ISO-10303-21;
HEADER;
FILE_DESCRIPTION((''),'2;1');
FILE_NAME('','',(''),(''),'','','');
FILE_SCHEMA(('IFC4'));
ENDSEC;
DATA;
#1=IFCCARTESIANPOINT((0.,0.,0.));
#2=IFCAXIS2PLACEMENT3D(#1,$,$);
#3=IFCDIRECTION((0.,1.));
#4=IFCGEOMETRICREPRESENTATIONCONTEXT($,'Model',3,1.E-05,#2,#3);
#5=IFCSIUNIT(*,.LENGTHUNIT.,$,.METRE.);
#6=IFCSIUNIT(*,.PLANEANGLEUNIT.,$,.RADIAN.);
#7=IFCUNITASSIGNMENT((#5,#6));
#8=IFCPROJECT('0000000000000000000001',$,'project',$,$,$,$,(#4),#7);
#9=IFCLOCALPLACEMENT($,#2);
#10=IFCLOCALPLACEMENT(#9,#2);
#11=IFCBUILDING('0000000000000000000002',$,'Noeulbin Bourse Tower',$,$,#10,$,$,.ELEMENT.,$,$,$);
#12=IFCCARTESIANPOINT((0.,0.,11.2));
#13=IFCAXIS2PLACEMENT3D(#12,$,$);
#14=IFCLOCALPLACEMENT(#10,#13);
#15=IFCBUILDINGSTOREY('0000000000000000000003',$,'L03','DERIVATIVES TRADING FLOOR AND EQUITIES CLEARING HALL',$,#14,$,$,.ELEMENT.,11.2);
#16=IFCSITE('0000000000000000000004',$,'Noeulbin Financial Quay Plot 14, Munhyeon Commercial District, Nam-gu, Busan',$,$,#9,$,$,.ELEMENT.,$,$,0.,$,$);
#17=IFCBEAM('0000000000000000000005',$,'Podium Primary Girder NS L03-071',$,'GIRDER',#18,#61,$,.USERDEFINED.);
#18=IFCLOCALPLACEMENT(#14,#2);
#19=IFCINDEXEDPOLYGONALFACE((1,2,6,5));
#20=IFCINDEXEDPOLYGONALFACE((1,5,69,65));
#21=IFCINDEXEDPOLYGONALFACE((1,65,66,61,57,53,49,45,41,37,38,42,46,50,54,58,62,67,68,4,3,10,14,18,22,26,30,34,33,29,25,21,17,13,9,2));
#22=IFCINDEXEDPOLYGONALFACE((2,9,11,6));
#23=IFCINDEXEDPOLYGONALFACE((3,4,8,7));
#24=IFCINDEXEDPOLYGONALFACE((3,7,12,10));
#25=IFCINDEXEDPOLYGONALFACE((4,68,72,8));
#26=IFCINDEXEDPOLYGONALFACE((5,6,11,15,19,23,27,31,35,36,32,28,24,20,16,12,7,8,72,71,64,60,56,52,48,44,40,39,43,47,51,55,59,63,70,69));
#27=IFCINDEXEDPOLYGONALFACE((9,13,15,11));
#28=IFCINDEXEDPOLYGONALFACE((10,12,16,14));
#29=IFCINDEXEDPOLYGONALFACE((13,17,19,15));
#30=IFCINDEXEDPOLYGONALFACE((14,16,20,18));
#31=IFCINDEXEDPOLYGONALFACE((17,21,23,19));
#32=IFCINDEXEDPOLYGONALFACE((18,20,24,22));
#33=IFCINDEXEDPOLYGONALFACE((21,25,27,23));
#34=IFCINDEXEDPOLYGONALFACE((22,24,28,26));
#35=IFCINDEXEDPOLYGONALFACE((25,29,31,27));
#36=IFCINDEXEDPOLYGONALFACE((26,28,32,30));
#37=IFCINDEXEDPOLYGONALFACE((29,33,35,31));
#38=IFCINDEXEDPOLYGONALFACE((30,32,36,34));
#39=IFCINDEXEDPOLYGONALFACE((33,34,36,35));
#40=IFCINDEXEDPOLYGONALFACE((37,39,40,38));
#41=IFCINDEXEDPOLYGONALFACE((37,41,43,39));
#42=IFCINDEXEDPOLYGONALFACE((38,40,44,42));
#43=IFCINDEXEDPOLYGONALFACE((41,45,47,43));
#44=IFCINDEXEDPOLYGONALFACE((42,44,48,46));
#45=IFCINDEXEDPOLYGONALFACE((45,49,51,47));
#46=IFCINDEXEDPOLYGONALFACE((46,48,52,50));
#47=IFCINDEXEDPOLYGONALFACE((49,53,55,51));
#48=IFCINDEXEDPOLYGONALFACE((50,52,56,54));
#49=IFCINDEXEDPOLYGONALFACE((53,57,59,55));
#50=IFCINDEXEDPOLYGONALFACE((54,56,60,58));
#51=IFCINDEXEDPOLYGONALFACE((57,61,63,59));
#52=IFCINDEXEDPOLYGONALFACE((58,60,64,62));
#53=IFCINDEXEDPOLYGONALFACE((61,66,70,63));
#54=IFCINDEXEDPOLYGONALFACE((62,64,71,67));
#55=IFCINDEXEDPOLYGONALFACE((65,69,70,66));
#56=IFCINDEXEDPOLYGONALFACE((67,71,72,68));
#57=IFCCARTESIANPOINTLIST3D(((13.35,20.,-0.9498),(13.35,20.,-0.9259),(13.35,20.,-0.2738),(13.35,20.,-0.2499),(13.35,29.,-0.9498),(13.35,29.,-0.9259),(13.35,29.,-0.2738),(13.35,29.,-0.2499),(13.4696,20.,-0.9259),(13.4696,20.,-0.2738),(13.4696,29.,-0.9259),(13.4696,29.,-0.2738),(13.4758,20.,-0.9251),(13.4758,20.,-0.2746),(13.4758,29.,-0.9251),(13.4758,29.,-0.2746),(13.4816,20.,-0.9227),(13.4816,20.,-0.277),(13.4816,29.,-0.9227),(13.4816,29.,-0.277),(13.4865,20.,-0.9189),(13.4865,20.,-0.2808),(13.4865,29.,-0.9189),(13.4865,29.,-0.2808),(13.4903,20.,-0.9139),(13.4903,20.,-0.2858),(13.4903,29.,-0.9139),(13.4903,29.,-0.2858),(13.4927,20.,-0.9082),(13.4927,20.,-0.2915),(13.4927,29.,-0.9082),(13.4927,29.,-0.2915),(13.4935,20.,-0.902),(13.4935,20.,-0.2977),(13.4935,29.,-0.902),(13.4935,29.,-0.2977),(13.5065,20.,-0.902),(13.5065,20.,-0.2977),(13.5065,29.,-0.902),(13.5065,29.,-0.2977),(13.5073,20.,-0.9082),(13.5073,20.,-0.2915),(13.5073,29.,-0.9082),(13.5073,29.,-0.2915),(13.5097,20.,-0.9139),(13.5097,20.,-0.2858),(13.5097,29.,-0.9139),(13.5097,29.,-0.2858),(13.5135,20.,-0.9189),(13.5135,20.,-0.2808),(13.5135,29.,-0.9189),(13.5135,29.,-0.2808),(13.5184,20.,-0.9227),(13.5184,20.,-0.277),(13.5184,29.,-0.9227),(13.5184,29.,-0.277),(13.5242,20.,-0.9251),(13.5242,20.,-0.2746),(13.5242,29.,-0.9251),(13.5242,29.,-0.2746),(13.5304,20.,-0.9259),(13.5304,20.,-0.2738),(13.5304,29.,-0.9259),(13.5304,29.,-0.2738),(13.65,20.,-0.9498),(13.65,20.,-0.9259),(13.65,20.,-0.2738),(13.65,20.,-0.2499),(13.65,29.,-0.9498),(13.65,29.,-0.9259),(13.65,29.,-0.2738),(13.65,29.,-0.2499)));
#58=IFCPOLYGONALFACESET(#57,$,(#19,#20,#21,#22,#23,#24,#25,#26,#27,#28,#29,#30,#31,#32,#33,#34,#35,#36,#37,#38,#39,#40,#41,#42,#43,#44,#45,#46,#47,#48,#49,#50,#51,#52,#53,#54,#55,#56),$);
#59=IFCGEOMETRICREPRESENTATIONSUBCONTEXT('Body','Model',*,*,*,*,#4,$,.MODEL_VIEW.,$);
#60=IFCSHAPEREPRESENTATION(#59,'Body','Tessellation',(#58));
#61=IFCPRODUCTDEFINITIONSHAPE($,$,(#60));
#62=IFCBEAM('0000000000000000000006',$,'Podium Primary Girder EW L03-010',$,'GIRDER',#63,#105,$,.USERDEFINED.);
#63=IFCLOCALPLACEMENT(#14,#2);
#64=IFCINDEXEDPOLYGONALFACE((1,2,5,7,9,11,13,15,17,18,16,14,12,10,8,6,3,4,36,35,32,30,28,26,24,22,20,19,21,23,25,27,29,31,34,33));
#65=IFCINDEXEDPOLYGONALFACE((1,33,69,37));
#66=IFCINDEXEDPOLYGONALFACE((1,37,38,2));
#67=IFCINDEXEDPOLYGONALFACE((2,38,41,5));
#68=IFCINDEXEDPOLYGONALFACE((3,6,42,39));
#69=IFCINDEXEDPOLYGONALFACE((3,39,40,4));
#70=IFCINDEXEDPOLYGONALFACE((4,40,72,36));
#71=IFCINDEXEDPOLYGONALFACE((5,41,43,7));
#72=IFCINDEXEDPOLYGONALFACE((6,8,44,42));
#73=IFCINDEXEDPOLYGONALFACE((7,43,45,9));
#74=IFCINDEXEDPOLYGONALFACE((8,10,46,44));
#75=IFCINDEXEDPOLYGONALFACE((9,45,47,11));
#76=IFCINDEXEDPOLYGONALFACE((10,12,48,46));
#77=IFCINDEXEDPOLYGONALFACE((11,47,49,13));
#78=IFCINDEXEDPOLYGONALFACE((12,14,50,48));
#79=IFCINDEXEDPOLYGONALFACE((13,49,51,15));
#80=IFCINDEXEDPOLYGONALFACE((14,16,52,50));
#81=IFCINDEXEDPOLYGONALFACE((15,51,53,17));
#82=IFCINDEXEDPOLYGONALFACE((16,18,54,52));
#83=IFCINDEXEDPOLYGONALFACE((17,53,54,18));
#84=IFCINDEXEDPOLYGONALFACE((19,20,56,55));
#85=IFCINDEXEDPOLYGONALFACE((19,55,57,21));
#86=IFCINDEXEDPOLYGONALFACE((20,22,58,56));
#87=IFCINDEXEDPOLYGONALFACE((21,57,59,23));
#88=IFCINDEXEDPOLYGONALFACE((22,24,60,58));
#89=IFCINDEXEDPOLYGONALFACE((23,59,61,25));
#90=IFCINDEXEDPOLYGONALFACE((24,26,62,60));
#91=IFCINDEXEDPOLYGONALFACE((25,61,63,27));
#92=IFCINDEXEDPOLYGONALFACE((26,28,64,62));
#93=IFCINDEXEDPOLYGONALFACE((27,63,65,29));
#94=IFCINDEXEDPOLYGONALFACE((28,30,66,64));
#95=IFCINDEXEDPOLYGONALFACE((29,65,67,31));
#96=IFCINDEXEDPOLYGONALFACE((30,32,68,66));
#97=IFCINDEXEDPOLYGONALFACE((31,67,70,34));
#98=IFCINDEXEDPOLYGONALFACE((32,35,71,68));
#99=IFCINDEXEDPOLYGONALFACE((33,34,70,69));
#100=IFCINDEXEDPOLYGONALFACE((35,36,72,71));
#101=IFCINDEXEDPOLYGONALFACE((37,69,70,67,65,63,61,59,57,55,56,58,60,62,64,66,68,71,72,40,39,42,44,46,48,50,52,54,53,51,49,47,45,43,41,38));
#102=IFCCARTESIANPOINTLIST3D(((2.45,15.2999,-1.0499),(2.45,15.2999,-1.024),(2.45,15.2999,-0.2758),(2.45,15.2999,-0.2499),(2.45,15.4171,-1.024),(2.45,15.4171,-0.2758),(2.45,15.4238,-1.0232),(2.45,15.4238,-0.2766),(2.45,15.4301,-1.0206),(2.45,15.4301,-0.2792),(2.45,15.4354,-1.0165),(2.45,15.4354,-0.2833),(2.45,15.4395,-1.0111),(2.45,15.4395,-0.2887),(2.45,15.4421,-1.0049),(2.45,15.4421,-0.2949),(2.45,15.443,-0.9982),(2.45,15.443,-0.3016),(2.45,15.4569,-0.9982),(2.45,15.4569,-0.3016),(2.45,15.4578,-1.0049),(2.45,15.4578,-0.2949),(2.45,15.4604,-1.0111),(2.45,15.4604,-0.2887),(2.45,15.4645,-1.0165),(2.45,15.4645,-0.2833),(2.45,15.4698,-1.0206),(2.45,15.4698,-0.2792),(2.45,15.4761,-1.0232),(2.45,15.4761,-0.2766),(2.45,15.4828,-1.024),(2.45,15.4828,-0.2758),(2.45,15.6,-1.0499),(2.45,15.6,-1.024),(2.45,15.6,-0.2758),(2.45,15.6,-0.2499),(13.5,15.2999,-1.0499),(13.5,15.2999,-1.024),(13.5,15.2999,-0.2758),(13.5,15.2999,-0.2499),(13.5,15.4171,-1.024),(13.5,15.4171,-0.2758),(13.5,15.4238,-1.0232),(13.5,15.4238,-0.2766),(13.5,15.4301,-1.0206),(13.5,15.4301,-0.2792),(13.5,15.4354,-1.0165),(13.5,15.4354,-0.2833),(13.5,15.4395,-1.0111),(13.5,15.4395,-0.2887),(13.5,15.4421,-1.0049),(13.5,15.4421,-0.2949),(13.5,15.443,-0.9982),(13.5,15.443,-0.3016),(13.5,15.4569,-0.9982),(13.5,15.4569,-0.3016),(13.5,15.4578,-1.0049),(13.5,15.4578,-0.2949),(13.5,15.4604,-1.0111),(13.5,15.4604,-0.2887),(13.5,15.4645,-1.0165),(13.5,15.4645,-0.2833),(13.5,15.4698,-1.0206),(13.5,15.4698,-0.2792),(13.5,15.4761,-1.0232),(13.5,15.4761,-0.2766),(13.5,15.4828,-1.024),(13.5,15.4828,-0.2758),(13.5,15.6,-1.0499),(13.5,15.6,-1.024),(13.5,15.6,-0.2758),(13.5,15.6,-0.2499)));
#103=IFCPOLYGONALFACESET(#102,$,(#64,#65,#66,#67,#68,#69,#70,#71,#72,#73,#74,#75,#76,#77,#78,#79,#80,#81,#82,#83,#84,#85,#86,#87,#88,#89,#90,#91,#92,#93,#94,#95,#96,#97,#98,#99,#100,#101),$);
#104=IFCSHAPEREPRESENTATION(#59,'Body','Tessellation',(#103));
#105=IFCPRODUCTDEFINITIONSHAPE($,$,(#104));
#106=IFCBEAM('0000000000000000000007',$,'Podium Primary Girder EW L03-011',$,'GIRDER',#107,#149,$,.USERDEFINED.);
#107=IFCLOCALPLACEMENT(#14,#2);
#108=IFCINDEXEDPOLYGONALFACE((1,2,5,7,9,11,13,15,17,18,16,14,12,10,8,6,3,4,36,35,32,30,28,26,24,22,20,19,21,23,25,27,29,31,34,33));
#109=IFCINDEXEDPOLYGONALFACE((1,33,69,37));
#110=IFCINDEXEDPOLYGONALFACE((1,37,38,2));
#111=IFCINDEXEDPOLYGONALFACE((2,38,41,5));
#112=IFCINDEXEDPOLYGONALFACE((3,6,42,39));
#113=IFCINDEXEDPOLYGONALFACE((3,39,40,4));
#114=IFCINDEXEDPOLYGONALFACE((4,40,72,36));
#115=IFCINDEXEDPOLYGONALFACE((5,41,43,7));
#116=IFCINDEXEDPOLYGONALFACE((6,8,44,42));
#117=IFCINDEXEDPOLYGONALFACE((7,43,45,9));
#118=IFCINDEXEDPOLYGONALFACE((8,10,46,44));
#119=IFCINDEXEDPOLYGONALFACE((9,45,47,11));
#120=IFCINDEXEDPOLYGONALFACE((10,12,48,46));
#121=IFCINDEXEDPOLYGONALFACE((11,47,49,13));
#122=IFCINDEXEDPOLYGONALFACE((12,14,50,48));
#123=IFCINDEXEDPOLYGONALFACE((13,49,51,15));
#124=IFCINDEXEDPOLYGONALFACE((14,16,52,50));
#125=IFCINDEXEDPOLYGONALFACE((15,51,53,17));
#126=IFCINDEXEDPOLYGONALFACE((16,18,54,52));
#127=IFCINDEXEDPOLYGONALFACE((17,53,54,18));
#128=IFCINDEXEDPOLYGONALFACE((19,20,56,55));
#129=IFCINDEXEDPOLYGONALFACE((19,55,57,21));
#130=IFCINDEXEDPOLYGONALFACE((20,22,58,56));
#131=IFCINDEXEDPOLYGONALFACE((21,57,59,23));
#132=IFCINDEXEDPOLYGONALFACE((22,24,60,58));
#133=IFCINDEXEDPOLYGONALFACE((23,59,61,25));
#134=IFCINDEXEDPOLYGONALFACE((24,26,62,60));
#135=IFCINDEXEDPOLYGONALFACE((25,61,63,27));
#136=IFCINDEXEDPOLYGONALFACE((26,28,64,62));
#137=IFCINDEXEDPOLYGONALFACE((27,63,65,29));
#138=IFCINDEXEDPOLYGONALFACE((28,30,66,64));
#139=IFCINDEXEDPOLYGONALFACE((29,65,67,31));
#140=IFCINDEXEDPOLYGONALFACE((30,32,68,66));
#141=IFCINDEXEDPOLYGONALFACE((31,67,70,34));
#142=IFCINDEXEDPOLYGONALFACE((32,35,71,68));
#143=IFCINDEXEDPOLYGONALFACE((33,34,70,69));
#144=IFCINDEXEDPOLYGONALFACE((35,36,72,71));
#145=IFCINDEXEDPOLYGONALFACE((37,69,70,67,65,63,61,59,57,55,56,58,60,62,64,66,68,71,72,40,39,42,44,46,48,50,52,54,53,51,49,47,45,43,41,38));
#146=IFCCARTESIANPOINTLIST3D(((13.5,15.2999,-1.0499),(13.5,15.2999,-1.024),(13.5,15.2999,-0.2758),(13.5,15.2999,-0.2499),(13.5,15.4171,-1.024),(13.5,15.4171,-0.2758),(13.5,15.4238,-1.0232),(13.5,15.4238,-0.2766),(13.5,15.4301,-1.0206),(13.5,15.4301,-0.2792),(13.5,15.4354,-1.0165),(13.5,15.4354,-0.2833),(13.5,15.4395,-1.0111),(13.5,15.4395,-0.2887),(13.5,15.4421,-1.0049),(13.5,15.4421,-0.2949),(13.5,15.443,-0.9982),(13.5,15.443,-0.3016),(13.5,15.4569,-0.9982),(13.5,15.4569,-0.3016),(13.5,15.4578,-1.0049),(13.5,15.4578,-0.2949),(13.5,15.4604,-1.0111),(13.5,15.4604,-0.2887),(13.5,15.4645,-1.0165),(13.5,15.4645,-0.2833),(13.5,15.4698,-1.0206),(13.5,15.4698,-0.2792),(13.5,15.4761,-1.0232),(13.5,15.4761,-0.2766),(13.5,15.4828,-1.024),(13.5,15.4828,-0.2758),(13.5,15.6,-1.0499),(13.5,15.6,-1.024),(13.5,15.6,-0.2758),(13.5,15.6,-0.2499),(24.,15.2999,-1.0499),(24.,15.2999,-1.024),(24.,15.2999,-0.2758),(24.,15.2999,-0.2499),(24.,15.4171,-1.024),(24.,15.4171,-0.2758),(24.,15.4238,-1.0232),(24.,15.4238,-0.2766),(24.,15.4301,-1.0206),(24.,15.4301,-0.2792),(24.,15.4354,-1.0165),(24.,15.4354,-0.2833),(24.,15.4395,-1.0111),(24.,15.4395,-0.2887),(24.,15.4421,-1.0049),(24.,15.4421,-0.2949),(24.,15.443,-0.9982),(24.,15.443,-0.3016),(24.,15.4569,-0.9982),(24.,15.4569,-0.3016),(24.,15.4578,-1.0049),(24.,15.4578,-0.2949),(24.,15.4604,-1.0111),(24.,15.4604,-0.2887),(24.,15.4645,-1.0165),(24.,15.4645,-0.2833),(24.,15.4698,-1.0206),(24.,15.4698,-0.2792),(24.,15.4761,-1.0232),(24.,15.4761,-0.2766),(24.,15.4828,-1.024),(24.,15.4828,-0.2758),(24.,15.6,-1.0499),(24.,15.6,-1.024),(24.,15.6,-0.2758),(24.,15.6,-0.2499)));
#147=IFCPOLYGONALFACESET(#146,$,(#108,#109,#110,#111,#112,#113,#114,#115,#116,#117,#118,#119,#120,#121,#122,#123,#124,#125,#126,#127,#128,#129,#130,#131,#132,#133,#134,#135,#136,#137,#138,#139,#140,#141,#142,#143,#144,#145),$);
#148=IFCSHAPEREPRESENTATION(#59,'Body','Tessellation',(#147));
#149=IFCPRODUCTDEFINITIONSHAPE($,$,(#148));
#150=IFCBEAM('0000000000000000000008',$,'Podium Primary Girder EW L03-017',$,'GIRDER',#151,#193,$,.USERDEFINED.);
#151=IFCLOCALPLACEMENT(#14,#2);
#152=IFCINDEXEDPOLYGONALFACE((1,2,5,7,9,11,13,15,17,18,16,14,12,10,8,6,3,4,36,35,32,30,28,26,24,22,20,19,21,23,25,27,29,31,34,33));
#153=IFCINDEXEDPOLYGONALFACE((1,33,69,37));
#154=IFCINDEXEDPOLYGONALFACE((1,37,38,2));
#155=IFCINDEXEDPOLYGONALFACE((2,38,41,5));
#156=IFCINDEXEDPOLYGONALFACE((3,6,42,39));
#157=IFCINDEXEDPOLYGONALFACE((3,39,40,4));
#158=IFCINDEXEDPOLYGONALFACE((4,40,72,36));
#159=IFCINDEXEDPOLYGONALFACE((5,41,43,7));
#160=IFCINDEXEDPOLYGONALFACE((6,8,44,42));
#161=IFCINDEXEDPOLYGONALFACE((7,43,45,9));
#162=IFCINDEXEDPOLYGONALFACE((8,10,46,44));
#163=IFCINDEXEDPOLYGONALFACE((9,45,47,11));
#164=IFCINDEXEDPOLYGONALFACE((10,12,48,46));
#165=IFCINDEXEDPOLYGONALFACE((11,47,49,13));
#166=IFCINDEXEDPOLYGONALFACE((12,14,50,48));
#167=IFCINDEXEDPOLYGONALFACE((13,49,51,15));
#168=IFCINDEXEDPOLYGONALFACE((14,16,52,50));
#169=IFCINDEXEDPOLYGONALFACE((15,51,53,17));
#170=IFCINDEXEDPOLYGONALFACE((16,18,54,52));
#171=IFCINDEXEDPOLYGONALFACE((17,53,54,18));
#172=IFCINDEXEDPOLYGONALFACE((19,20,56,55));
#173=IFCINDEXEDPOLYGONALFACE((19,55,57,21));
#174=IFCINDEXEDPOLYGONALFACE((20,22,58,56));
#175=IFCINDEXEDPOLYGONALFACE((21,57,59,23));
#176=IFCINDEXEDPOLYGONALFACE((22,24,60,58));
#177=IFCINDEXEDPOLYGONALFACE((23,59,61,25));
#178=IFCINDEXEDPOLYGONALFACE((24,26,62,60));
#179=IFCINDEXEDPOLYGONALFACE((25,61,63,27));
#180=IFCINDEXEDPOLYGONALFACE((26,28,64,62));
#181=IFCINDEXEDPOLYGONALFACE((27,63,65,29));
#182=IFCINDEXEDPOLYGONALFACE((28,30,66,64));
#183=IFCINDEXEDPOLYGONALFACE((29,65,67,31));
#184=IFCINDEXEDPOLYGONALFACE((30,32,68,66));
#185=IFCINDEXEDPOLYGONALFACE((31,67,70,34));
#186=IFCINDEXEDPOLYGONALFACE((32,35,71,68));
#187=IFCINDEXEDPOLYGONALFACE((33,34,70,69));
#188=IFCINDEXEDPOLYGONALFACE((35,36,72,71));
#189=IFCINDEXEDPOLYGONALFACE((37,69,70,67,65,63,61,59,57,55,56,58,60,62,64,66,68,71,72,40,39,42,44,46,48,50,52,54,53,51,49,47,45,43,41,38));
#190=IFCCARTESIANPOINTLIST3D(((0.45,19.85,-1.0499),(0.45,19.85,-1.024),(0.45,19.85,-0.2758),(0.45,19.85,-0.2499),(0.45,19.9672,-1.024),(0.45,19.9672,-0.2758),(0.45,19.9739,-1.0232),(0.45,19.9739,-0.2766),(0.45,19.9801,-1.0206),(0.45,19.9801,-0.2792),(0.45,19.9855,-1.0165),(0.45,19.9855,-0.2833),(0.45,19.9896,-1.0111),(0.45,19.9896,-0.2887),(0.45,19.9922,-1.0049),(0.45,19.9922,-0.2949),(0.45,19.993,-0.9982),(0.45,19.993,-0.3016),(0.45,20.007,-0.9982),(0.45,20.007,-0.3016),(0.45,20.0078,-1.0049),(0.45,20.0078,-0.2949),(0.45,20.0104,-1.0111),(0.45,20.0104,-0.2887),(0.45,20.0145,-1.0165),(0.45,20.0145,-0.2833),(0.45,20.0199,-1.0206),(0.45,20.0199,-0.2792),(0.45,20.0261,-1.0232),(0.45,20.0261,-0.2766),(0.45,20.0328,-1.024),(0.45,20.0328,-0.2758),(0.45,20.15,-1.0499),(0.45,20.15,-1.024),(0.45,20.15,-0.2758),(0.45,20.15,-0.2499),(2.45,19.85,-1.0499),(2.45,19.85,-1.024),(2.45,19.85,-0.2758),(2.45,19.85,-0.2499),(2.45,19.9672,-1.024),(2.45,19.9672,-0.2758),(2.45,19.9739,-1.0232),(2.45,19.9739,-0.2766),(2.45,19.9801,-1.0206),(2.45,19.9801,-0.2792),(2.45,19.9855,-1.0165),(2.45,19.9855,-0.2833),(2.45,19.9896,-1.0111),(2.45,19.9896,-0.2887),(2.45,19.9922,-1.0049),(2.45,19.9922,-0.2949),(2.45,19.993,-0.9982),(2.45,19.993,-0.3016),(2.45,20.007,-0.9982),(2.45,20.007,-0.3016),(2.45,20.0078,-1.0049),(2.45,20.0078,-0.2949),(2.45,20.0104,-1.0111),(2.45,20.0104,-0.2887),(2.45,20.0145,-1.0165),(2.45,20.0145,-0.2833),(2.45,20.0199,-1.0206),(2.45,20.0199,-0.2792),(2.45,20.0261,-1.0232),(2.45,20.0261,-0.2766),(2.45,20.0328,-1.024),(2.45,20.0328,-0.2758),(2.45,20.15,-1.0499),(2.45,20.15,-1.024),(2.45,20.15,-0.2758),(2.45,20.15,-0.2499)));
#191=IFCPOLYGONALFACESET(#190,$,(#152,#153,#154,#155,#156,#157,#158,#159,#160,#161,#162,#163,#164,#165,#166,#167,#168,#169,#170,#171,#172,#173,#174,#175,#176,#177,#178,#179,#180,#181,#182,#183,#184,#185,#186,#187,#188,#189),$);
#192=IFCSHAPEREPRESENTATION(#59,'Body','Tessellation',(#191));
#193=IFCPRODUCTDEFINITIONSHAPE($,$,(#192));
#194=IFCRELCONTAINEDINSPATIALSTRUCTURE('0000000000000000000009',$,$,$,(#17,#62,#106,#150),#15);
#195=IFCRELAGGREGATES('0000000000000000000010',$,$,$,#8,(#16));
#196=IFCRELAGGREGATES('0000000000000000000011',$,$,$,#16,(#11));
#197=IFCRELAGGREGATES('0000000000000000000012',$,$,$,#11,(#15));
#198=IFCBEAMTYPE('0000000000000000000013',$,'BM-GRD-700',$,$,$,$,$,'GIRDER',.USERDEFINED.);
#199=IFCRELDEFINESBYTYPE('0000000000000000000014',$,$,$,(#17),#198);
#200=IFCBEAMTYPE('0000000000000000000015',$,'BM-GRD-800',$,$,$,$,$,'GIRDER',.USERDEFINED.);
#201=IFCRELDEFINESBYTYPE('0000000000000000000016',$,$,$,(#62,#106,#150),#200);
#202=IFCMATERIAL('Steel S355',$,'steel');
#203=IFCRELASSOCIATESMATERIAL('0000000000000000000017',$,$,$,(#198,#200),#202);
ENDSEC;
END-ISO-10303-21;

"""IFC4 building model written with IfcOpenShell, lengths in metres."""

from ifc_helpers import new_model, si_unit, direction, frame, origin, origin_2d, place, context, subcontext, project, spatial, i_section, extrude, material, material_profile, profile_set, type_object, element, save


model = new_model("IFC4")

# Units and contexts
model_context = context("Model", 3, precision=1e-05, world=origin(), true_north=direction((0.0, 1.0)))
body_context = subcontext(model_context, "Body", "Model", "MODEL_VIEW")
ifc_project = project(units=[si_unit("LENGTHUNIT", "METRE"), si_unit("PLANEANGLEUNIT", "RADIAN")], contexts=[model_context])

# Site, building, storey
site_placement = place(None, origin())
site = spatial("IfcSite", under=ifc_project, at=site_placement, Name="Noeulbin Financial Quay Plot 14, Munhyeon Commercial District, Nam-gu, Busan", CompositionType="ELEMENT", RefElevation=0.0)
building_placement = place(site_placement, origin())
building = spatial("IfcBuilding", under=site, at=building_placement, Name="Noeulbin Bourse Tower", CompositionType="ELEMENT")
storey_placement = place(building_placement, frame((0.0, 0.0, 11.2)))
storey = spatial("IfcBuildingStorey", under=building, at=storey_placement, Name="L03", Description="DERIVATIVES TRADING FLOOR AND EQUITIES CLEARING HALL", CompositionType="ELEMENT", Elevation=11.2)

# Beams
ifc_material_1 = material(Name="Steel S355", Category="steel")
ifc_material_profile_1 = material_profile(ifc_material_1, i_section(OverallWidth=0.3, OverallDepth=0.7, WebThickness=0.0129, FlangeThickness=0.0239, FilletRadius=0.0239, at=origin_2d()), Name="H-700x300x13x24", Category="LoadBearing")
ifc_profile_set_1 = profile_set([ifc_material_profile_1], Name="Steel S355")
beam_type_1 = type_object("IfcBeamType", Name="BM-GRD-700", ElementType="GIRDER", PredefinedType="USERDEFINED", material=ifc_profile_set_1)
beam_1_placement = place(storey_placement, frame((13.5, 20.0, -0.5999), z_axis=(0.0, 1.0, 0.0), x_axis=(-1.0, 0.0, 0.0)))
element("IfcBeam", 1, at=beam_1_placement, inside=storey, type_object=beam_type_1, Name="Podium Primary Girder NS L03-071", ObjectType="GIRDER", PredefinedType="USERDEFINED", context=body_context, shape_type="SweptSolid", body=[
    extrude(i_section(OverallWidth=0.3, OverallDepth=0.7, WebThickness=0.0129, FlangeThickness=0.0239, FilletRadius=0.0239, at=origin_2d()), origin(), (0.0, 0.0, 1.0), 9.0),
])
ifc_material_profile_2 = material_profile(ifc_material_1, i_section(OverallWidth=0.3, OverallDepth=0.8, WebThickness=0.0139, FlangeThickness=0.0259, FilletRadius=0.0259, at=origin_2d()), Name="H-800x300x14x26", Category="LoadBearing")
ifc_profile_set_2 = profile_set([ifc_material_profile_2], Name="Steel S355")
beam_type_2 = type_object("IfcBeamType", Name="BM-GRD-800", ElementType="GIRDER", PredefinedType="USERDEFINED", material=ifc_profile_set_2)
beam_2_placement = place(storey_placement, frame((2.45, 15.45, -0.6499), z_axis=(1.0, 0.0, 0.0), x_axis=(0.0, 1.0, 0.0)))
element("IfcBeam", 2, at=beam_2_placement, inside=storey, type_object=beam_type_2, Name="Podium Primary Girder EW L03-010", ObjectType="GIRDER", PredefinedType="USERDEFINED", context=body_context, shape_type="SweptSolid", body=[
    extrude(i_section(OverallWidth=0.3, OverallDepth=0.8, WebThickness=0.0139, FlangeThickness=0.0259, FilletRadius=0.0259, at=origin_2d()), origin(), (0.0, 0.0, 1.0), 11.05),
])
beam_3_placement = place(storey_placement, frame((13.5, 15.45, -0.6499), z_axis=(1.0, 0.0, 0.0), x_axis=(0.0, 1.0, 0.0)))
element("IfcBeam", 3, at=beam_3_placement, inside=storey, type_object=beam_type_2, Name="Podium Primary Girder EW L03-011", ObjectType="GIRDER", PredefinedType="USERDEFINED", context=body_context, shape_type="SweptSolid", body=[
    extrude(i_section(OverallWidth=0.3, OverallDepth=0.8, WebThickness=0.0139, FlangeThickness=0.0259, FilletRadius=0.0259, at=origin_2d()), origin(), (0.0, 0.0, 1.0), 10.5),
])
beam_4_placement = place(storey_placement, frame((0.45, 20.0, -0.6499), z_axis=(1.0, 0.0, 0.0), x_axis=(0.0, 1.0, 0.0)))
element("IfcBeam", 4, at=beam_4_placement, inside=storey, type_object=beam_type_2, Name="Podium Primary Girder EW L03-017", ObjectType="GIRDER", PredefinedType="USERDEFINED", context=body_context, shape_type="SweptSolid", body=[
    extrude(i_section(OverallWidth=0.3, OverallDepth=0.8, WebThickness=0.0139, FlangeThickness=0.0259, FilletRadius=0.0259, at=origin_2d()), origin(), (0.0, 0.0, 1.0), 2.0),
])

save(model, "model.ifc")
